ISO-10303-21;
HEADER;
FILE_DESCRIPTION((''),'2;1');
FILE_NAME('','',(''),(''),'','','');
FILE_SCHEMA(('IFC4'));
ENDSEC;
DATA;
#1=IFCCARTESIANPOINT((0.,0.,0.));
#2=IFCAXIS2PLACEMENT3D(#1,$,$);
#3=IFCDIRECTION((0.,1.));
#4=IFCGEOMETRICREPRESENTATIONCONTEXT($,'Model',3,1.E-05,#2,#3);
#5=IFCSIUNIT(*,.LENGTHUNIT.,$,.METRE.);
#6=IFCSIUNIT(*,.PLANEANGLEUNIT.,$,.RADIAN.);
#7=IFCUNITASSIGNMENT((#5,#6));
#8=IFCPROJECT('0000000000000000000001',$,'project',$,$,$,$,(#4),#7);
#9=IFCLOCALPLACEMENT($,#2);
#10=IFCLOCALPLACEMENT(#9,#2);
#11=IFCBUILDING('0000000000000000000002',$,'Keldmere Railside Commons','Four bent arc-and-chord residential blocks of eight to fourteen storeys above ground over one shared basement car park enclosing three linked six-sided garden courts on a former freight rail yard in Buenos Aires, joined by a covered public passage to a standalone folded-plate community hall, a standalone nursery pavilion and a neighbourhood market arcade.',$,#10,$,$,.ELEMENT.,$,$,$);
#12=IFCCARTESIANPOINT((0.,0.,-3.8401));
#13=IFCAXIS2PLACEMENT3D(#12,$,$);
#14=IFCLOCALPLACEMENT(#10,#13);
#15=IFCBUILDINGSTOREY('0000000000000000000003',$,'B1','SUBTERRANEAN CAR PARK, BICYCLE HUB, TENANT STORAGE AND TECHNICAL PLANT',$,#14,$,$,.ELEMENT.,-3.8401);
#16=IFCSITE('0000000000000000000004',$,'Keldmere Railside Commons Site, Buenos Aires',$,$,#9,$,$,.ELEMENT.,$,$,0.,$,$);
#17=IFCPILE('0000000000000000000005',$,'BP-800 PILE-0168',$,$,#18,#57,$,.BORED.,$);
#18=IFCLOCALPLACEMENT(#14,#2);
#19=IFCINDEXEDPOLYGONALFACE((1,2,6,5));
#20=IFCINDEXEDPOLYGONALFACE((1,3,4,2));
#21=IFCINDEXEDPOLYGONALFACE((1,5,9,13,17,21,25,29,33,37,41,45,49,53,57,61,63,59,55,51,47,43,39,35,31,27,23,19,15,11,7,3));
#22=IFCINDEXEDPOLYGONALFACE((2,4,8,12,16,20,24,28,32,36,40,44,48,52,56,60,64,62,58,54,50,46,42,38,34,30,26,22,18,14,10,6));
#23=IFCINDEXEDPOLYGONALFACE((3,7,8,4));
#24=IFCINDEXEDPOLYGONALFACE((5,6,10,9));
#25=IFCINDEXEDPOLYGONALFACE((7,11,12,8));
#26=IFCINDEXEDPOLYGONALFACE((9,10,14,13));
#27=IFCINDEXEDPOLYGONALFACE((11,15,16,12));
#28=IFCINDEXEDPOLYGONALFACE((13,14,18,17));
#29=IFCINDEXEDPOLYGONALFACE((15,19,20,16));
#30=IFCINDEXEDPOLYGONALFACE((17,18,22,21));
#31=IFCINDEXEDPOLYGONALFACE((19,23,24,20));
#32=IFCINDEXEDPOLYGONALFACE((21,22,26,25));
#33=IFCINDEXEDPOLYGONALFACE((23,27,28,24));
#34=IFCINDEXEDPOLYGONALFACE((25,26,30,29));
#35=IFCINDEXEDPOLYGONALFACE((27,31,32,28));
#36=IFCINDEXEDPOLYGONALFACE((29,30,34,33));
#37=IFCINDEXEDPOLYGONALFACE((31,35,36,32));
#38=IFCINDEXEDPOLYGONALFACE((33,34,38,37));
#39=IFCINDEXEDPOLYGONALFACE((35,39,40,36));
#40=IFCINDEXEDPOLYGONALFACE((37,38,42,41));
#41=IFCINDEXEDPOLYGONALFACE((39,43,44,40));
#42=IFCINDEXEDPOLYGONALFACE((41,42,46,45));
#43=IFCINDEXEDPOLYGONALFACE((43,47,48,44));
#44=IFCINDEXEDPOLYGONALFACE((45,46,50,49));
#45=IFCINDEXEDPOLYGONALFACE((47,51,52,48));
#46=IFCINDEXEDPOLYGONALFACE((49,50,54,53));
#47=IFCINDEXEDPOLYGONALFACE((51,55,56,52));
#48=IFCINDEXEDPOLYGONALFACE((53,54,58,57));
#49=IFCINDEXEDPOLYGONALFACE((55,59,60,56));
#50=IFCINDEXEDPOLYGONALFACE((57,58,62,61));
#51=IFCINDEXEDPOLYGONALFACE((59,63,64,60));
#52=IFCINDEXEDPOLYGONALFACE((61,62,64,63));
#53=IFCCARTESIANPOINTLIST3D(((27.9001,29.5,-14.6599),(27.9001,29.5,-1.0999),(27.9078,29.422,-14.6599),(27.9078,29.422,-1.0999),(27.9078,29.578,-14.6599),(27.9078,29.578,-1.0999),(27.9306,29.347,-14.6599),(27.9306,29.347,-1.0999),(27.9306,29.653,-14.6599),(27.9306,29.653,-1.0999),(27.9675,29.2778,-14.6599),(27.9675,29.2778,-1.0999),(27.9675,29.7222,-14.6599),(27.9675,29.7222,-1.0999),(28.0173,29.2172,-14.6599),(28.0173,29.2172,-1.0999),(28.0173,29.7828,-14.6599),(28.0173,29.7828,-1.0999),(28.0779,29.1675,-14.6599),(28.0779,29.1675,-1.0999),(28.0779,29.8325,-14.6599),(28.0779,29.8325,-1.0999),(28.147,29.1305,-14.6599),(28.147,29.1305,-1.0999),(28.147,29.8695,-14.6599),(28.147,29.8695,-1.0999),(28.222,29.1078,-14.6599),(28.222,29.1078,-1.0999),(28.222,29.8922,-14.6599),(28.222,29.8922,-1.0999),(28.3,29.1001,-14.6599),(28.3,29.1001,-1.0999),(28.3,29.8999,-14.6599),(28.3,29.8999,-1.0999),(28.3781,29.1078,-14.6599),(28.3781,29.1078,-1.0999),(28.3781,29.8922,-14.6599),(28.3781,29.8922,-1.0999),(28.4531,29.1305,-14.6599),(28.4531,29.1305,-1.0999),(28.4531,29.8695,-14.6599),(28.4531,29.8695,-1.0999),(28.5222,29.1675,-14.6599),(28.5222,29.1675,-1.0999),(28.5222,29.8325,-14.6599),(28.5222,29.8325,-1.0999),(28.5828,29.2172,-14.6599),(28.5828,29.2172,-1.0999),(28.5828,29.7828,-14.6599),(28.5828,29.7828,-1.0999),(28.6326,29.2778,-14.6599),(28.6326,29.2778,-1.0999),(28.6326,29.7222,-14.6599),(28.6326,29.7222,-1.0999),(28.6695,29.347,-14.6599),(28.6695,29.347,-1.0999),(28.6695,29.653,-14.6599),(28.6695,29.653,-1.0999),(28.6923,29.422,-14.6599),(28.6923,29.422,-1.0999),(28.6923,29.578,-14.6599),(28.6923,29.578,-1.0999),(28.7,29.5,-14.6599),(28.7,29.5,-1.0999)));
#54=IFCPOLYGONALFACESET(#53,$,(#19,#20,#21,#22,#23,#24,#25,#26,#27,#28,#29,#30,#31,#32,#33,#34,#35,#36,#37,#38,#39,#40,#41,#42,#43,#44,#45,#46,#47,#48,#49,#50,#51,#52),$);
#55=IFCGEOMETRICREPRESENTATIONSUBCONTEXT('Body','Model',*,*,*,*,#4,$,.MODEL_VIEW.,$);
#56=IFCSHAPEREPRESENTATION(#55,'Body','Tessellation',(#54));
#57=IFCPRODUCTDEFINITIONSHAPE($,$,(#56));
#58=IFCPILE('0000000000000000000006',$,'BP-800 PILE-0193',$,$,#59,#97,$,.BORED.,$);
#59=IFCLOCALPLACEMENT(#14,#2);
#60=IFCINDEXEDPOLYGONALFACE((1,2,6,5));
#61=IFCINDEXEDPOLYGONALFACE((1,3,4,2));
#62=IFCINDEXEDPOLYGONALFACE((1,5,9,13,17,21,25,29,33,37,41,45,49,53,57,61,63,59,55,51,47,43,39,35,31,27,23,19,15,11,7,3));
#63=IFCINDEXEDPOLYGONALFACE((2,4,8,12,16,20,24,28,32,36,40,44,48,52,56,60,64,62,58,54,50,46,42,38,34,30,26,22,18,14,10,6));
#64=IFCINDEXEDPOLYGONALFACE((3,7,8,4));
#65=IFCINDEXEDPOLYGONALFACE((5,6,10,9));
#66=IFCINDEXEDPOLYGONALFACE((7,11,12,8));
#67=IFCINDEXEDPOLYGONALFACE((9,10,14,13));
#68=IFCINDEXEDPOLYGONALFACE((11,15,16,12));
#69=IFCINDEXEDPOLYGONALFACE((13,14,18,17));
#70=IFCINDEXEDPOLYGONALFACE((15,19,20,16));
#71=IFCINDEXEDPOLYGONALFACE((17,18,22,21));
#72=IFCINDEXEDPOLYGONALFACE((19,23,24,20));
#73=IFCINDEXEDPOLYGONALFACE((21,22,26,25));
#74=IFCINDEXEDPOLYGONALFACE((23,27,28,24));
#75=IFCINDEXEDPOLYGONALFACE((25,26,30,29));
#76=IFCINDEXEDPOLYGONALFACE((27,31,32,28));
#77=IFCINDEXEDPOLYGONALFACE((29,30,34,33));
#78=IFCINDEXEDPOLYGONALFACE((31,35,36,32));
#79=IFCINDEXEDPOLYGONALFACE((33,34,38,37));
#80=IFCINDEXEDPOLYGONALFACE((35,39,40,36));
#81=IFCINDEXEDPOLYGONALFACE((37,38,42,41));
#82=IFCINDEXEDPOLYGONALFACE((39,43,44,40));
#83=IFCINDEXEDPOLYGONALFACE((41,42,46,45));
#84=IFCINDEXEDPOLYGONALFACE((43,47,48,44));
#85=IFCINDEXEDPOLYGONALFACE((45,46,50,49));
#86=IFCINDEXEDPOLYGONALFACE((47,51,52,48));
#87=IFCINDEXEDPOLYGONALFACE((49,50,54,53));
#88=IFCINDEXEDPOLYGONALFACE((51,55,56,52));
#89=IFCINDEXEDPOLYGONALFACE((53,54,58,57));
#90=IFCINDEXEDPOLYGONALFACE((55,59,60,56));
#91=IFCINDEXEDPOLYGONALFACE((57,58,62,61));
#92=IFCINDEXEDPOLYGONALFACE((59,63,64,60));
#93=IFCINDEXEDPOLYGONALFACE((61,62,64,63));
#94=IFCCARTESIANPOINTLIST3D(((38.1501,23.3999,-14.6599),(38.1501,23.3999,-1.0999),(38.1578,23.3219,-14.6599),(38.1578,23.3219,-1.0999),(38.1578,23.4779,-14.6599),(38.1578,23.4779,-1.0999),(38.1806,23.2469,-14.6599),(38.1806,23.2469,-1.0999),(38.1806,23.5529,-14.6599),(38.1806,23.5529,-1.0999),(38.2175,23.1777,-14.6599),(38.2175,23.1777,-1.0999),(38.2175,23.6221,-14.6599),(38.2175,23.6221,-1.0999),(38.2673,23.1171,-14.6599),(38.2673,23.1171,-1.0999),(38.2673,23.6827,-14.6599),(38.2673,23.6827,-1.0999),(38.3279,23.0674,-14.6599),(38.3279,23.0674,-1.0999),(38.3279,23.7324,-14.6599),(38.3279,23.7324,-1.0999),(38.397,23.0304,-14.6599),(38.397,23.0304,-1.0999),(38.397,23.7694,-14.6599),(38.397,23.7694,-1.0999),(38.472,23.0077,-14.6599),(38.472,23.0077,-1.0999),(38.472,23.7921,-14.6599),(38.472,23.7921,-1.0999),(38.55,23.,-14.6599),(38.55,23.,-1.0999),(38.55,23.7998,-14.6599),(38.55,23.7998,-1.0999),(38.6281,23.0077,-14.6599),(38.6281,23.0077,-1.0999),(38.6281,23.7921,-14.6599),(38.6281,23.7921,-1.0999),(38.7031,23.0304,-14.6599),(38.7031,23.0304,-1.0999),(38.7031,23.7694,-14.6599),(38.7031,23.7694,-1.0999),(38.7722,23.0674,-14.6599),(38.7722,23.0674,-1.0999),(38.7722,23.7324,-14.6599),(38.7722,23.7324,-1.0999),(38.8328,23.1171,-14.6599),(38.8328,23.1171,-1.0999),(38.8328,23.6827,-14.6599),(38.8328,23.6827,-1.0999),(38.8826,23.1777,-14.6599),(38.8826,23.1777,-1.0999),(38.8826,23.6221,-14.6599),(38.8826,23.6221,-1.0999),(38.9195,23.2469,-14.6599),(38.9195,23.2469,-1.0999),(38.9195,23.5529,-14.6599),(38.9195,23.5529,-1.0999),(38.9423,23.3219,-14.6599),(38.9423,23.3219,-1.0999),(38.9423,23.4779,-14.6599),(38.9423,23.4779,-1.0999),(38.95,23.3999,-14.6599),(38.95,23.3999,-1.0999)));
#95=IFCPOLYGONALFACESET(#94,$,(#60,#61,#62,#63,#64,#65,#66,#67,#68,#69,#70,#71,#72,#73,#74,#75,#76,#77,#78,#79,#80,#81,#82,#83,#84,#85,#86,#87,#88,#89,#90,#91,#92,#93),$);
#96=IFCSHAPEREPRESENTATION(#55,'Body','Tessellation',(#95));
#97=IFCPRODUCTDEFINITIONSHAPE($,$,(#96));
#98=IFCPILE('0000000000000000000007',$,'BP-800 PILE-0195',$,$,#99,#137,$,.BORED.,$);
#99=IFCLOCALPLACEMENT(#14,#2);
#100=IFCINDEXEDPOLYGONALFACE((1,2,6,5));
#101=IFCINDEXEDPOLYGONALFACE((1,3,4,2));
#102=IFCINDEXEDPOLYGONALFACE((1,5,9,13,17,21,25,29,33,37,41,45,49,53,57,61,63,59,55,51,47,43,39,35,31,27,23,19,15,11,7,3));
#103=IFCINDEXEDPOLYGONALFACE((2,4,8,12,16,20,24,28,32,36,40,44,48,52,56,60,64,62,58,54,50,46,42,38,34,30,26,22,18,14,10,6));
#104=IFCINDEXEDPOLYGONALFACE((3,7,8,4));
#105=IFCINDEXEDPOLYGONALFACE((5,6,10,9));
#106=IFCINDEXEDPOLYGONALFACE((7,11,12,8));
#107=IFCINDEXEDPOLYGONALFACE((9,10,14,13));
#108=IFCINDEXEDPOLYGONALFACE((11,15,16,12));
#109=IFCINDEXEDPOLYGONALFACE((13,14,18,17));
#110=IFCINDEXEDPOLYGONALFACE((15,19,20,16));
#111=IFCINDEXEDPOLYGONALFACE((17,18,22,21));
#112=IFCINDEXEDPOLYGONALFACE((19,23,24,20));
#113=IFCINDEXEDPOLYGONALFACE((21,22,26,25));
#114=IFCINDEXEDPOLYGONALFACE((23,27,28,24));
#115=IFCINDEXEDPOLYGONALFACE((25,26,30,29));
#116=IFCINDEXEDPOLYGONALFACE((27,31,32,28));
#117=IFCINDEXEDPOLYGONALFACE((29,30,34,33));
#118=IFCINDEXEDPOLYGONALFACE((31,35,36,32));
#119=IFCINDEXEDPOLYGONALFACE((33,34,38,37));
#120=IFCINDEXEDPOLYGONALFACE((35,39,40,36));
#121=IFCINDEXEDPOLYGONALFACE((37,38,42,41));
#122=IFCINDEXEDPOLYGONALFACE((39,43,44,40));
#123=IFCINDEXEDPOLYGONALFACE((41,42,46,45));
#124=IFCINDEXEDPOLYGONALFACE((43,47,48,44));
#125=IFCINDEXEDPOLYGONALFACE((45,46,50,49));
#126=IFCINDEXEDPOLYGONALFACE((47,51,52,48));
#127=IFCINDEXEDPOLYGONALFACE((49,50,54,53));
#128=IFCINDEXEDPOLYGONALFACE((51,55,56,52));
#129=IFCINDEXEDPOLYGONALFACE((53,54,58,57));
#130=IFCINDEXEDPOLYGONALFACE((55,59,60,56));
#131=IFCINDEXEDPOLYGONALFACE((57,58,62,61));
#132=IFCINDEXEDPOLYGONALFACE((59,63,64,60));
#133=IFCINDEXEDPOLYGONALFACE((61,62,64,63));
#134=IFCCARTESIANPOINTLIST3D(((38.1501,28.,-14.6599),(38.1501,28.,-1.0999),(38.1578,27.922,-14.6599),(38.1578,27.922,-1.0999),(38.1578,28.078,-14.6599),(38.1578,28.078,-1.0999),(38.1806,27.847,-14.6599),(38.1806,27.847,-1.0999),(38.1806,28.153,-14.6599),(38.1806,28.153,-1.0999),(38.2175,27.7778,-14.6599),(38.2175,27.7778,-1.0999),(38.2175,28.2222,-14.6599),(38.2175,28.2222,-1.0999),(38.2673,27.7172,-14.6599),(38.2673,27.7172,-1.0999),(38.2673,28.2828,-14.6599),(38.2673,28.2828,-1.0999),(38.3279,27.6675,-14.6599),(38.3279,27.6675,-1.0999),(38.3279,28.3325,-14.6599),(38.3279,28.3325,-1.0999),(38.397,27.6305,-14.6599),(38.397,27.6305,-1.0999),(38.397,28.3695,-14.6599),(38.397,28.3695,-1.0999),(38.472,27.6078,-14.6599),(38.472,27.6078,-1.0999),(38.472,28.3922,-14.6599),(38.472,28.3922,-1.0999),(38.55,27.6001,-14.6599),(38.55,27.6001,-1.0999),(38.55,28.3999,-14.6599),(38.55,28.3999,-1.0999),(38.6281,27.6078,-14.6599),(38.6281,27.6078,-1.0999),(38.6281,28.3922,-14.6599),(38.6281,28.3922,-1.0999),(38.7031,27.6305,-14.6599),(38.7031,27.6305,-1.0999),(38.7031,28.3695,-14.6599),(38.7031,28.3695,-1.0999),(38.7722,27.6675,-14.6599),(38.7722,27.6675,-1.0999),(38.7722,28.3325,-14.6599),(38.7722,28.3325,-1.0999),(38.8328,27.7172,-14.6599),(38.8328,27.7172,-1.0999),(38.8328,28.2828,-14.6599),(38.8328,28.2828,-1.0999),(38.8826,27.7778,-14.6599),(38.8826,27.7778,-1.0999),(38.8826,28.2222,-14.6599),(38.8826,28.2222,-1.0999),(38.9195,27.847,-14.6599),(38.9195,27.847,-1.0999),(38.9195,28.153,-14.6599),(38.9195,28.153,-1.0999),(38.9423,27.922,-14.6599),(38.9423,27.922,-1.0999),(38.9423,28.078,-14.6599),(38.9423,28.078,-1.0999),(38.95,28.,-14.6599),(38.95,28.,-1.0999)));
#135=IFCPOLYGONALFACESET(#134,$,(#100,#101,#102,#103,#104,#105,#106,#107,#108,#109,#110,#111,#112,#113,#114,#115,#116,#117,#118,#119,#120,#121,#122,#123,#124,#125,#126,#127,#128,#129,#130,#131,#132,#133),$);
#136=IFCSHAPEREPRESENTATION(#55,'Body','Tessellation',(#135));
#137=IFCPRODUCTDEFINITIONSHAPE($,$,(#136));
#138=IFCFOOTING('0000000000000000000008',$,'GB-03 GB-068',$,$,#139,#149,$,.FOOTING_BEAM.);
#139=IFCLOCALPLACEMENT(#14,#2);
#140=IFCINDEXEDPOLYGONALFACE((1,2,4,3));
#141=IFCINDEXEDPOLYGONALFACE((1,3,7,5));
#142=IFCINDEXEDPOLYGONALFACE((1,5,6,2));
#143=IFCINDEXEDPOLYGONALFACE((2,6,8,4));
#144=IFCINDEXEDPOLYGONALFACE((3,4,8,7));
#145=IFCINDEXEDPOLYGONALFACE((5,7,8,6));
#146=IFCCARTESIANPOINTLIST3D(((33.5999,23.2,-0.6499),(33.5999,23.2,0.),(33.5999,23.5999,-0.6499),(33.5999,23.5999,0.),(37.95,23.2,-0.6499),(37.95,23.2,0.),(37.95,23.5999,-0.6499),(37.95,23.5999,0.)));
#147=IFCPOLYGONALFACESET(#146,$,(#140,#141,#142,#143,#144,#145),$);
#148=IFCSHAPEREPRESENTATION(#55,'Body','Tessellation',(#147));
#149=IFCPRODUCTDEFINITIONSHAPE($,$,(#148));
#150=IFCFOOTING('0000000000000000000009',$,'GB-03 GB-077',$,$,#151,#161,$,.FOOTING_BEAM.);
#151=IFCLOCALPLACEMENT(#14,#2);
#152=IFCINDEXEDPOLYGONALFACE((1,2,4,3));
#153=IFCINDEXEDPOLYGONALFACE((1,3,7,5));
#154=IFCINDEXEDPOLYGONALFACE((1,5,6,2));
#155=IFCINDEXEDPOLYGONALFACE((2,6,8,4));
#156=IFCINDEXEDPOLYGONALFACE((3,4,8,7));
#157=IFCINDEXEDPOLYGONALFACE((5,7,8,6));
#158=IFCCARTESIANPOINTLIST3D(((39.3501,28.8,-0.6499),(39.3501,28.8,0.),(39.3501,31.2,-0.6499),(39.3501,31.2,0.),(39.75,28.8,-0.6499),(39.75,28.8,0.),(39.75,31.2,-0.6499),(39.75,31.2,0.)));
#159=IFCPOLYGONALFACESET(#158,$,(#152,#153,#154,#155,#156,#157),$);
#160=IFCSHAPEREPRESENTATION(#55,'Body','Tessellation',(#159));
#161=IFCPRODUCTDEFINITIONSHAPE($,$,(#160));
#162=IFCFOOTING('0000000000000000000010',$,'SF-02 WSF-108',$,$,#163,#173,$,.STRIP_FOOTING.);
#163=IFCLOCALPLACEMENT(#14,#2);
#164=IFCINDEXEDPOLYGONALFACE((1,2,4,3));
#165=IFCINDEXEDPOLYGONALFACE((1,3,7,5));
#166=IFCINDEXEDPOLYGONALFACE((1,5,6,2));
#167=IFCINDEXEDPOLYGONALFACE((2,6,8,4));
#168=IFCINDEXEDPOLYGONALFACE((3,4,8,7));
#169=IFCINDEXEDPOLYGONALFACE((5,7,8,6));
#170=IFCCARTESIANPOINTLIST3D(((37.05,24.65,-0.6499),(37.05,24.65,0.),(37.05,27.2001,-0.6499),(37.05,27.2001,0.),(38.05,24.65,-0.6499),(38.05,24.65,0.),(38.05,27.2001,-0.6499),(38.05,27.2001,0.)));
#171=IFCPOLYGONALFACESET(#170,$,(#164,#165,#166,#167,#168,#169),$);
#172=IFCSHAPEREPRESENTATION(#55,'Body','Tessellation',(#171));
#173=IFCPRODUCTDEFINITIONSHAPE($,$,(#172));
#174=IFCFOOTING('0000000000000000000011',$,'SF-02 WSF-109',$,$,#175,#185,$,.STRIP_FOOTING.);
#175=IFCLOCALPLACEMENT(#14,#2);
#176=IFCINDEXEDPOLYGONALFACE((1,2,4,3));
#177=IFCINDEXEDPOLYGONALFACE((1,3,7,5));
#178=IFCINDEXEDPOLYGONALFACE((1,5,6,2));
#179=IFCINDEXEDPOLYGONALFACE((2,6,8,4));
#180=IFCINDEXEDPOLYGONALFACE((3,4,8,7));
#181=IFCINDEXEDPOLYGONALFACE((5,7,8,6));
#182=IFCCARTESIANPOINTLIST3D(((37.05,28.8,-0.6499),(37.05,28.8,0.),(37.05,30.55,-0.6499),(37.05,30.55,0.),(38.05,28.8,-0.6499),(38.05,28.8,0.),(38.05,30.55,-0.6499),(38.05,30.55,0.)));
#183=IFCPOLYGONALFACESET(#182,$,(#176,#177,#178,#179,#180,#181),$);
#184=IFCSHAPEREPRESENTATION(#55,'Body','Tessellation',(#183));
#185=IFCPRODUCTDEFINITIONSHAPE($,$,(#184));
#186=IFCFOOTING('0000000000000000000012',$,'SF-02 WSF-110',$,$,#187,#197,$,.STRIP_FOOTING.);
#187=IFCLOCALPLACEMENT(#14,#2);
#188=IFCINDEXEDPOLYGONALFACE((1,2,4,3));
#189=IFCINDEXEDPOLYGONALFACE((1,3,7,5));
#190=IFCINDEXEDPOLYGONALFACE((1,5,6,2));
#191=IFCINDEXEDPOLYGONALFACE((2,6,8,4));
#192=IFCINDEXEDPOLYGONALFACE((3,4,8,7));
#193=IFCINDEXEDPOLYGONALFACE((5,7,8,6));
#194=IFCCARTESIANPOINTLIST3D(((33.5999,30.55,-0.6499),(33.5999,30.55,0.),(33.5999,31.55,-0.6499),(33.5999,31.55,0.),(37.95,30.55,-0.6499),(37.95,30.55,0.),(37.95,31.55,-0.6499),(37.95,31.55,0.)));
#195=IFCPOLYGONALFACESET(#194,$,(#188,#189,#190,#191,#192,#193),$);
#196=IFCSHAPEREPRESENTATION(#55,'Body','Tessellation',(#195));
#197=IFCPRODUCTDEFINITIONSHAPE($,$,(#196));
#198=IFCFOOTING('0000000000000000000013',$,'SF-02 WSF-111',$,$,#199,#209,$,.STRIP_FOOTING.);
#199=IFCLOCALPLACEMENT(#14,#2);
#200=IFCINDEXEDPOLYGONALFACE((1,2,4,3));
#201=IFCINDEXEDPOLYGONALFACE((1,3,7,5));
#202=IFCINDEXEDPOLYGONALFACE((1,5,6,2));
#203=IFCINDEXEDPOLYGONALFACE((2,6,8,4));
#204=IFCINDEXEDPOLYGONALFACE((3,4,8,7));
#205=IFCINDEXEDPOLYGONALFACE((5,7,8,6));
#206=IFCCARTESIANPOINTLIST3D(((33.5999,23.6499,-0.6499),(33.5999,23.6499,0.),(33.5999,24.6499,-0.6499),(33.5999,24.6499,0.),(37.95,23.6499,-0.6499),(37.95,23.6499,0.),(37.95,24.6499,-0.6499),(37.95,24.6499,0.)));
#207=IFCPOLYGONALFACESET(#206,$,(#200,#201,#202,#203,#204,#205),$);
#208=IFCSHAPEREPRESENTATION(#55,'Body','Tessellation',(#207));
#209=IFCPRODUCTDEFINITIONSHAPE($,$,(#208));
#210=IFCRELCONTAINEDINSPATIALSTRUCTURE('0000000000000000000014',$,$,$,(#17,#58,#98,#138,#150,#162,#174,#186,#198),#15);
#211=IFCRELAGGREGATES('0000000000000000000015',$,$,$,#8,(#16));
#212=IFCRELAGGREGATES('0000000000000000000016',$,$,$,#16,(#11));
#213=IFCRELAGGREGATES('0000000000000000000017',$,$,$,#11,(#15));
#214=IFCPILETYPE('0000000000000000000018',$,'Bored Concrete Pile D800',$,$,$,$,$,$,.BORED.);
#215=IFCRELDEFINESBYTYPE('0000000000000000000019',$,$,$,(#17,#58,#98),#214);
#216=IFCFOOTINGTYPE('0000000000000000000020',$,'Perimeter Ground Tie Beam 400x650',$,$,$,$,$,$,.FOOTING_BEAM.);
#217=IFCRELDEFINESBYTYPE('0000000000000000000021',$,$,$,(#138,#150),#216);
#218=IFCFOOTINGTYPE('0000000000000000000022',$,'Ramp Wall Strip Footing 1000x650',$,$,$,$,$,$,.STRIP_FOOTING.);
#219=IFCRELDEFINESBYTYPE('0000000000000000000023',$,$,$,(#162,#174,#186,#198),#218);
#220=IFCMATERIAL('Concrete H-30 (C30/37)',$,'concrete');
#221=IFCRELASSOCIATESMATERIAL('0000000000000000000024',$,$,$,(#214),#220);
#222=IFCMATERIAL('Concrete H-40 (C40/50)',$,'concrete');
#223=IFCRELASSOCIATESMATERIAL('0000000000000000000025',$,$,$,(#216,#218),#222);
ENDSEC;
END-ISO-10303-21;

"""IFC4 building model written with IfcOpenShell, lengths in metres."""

from ifc_helpers import new_model, si_unit, direction, frame, origin, origin_2d, place, context, subcontext, project, spatial, rectangle, circle, extrude, material, material_profile, profile_set, type_object, element, save


model = new_model("IFC4")

# Units and contexts
model_context = context("Model", 3, precision=1e-05, world=origin(), true_north=direction((0.0, 1.0)))
body_context = subcontext(model_context, "Body", "Model", "MODEL_VIEW")
ifc_project = project(units=[si_unit("LENGTHUNIT", "METRE"), si_unit("PLANEANGLEUNIT", "RADIAN")], contexts=[model_context])

# Site, building, storey
site_placement = place(None, origin())
site = spatial("IfcSite", under=ifc_project, at=site_placement, Name="Keldmere Railside Commons Site, Buenos Aires", CompositionType="ELEMENT", RefElevation=0.0)
building_placement = place(site_placement, origin())
building = spatial("IfcBuilding", under=site, at=building_placement, Name="Keldmere Railside Commons", Description="Four bent arc-and-chord residential blocks of eight to fourteen storeys above ground over one shared basement car park enclosing three linked six-sided garden courts on a former freight rail yard in Buenos Aires, joined by a covered public passage to a standalone folded-plate community hall, a standalone nursery pavilion and a neighbourhood market arcade.", CompositionType="ELEMENT")
storey_placement = place(building_placement, frame((0.0, 0.0, -3.8401)))
storey = spatial("IfcBuildingStorey", under=building, at=storey_placement, Name="B1", Description="SUBTERRANEAN CAR PARK, BICYCLE HUB, TENANT STORAGE AND TECHNICAL PLANT", CompositionType="ELEMENT", Elevation=-3.8401)

# Piles
ifc_material_1 = material(Name="Concrete H-30 (C30/37)", Category="concrete")
ifc_material_profile_1 = material_profile(ifc_material_1, circle(Radius=0.3999, at=origin_2d()), Name="PILE-D800")
ifc_profile_set_1 = profile_set([ifc_material_profile_1], Name="Concrete H-30 (C30/37)")
pile_type = type_object("IfcPileType", Name="Bored Concrete Pile D800", PredefinedType="BORED", material=ifc_profile_set_1)
for number, where, z_axis, x_axis, name in (
    (1, (28.3, 29.5, -1.0999), (0.0, 0.0, -1.0), (1.0, 0.0, 0.0), "BP-800 PILE-0168"),
    (2, (38.55, 23.3999, -1.0999), (0.0, 0.0, -1.0), (1.0, 0.0, 0.0), "BP-800 PILE-0193"),
    (3, (38.55, 28.0, -1.0999), (0.0, 0.0, -1.0), (1.0, 0.0, 0.0), "BP-800 PILE-0195"),
):
    element("IfcPile", number, at=place(storey_placement, frame(where, z_axis=z_axis, x_axis=x_axis)), inside=storey, type_object=pile_type, Name=name, PredefinedType="BORED", context=body_context, shape_type="SweptSolid", body=[
        extrude(circle(Radius=0.3999, at=origin_2d()), origin(), (0.0, 0.0, 1.0), 13.5601),
    ])

# Footings
ifc_material_2 = material(Name="Concrete H-40 (C40/50)", Category="concrete")
footing_type_1 = type_object("IfcFootingType", Name="Perimeter Ground Tie Beam 400x650", PredefinedType="FOOTING_BEAM", material=ifc_material_2)
footing_1_placement = place(storey_placement, frame((35.7749, 23.3999, -0.6499), z_axis=(0.0, 0.0, 1.0), x_axis=(1.0, 0.0, 0.0)))
element("IfcFooting", 4, at=footing_1_placement, inside=storey, type_object=footing_type_1, Name="GB-03 GB-068", PredefinedType="FOOTING_BEAM", context=body_context, shape_type="SweptSolid", body=[
    extrude(rectangle(XDim=4.3501, YDim=0.3999, at=origin_2d()), origin(), (0.0, 0.0, 1.0), 0.6499),
])
footing_2_placement = place(storey_placement, frame((39.55, 30.0, -0.6499), z_axis=(0.0, 0.0, 1.0), x_axis=(0.0, 1.0, 0.0)))
element("IfcFooting", 5, at=footing_2_placement, inside=storey, type_object=footing_type_1, Name="GB-03 GB-077", PredefinedType="FOOTING_BEAM", context=body_context, shape_type="SweptSolid", body=[
    extrude(rectangle(XDim=2.3999, YDim=0.3999, at=origin_2d()), origin(), (0.0, 0.0, 1.0), 0.6499),
])
footing_type_2 = type_object("IfcFootingType", Name="Ramp Wall Strip Footing 1000x650", PredefinedType="STRIP_FOOTING", material=ifc_material_2)
footing_3_placement = place(storey_placement, frame((37.55, 25.925, -0.6499), z_axis=(0.0, 0.0, 1.0), x_axis=(0.0, 1.0, 0.0)))
element("IfcFooting", 6, at=footing_3_placement, inside=storey, type_object=footing_type_2, Name="SF-02 WSF-108", PredefinedType="STRIP_FOOTING", context=body_context, shape_type="SweptSolid", body=[
    extrude(rectangle(XDim=2.55, YDim=1.0, at=origin_2d()), origin(), (0.0, 0.0, 1.0), 0.6499),
])
footing_4_placement = place(storey_placement, frame((37.55, 29.675, -0.6499), z_axis=(0.0, 0.0, 1.0), x_axis=(0.0, 1.0, 0.0)))
element("IfcFooting", 7, at=footing_4_placement, inside=storey, type_object=footing_type_2, Name="SF-02 WSF-109", PredefinedType="STRIP_FOOTING", context=body_context, shape_type="SweptSolid", body=[
    extrude(rectangle(XDim=1.75, YDim=1.0, at=origin_2d()), origin(), (0.0, 0.0, 1.0), 0.6499),
])
for number, where, z_axis, x_axis, name in (
    (8, (35.7749, 31.05, -0.6499), (0.0, 0.0, 1.0), (1.0, 0.0, 0.0), "SF-02 WSF-110"),
    (9, (35.7749, 24.1499, -0.6499), (0.0, 0.0, 1.0), (1.0, 0.0, 0.0), "SF-02 WSF-111"),
):
    element("IfcFooting", number, at=place(storey_placement, frame(where, z_axis=z_axis, x_axis=x_axis)), inside=storey, type_object=footing_type_2, Name=name, PredefinedType="STRIP_FOOTING", context=body_context, shape_type="SweptSolid", body=[
        extrude(rectangle(XDim=4.3501, YDim=1.0, at=origin_2d()), origin(), (0.0, 0.0, 1.0), 0.6499),
    ])

save(model, "model.ifc")
